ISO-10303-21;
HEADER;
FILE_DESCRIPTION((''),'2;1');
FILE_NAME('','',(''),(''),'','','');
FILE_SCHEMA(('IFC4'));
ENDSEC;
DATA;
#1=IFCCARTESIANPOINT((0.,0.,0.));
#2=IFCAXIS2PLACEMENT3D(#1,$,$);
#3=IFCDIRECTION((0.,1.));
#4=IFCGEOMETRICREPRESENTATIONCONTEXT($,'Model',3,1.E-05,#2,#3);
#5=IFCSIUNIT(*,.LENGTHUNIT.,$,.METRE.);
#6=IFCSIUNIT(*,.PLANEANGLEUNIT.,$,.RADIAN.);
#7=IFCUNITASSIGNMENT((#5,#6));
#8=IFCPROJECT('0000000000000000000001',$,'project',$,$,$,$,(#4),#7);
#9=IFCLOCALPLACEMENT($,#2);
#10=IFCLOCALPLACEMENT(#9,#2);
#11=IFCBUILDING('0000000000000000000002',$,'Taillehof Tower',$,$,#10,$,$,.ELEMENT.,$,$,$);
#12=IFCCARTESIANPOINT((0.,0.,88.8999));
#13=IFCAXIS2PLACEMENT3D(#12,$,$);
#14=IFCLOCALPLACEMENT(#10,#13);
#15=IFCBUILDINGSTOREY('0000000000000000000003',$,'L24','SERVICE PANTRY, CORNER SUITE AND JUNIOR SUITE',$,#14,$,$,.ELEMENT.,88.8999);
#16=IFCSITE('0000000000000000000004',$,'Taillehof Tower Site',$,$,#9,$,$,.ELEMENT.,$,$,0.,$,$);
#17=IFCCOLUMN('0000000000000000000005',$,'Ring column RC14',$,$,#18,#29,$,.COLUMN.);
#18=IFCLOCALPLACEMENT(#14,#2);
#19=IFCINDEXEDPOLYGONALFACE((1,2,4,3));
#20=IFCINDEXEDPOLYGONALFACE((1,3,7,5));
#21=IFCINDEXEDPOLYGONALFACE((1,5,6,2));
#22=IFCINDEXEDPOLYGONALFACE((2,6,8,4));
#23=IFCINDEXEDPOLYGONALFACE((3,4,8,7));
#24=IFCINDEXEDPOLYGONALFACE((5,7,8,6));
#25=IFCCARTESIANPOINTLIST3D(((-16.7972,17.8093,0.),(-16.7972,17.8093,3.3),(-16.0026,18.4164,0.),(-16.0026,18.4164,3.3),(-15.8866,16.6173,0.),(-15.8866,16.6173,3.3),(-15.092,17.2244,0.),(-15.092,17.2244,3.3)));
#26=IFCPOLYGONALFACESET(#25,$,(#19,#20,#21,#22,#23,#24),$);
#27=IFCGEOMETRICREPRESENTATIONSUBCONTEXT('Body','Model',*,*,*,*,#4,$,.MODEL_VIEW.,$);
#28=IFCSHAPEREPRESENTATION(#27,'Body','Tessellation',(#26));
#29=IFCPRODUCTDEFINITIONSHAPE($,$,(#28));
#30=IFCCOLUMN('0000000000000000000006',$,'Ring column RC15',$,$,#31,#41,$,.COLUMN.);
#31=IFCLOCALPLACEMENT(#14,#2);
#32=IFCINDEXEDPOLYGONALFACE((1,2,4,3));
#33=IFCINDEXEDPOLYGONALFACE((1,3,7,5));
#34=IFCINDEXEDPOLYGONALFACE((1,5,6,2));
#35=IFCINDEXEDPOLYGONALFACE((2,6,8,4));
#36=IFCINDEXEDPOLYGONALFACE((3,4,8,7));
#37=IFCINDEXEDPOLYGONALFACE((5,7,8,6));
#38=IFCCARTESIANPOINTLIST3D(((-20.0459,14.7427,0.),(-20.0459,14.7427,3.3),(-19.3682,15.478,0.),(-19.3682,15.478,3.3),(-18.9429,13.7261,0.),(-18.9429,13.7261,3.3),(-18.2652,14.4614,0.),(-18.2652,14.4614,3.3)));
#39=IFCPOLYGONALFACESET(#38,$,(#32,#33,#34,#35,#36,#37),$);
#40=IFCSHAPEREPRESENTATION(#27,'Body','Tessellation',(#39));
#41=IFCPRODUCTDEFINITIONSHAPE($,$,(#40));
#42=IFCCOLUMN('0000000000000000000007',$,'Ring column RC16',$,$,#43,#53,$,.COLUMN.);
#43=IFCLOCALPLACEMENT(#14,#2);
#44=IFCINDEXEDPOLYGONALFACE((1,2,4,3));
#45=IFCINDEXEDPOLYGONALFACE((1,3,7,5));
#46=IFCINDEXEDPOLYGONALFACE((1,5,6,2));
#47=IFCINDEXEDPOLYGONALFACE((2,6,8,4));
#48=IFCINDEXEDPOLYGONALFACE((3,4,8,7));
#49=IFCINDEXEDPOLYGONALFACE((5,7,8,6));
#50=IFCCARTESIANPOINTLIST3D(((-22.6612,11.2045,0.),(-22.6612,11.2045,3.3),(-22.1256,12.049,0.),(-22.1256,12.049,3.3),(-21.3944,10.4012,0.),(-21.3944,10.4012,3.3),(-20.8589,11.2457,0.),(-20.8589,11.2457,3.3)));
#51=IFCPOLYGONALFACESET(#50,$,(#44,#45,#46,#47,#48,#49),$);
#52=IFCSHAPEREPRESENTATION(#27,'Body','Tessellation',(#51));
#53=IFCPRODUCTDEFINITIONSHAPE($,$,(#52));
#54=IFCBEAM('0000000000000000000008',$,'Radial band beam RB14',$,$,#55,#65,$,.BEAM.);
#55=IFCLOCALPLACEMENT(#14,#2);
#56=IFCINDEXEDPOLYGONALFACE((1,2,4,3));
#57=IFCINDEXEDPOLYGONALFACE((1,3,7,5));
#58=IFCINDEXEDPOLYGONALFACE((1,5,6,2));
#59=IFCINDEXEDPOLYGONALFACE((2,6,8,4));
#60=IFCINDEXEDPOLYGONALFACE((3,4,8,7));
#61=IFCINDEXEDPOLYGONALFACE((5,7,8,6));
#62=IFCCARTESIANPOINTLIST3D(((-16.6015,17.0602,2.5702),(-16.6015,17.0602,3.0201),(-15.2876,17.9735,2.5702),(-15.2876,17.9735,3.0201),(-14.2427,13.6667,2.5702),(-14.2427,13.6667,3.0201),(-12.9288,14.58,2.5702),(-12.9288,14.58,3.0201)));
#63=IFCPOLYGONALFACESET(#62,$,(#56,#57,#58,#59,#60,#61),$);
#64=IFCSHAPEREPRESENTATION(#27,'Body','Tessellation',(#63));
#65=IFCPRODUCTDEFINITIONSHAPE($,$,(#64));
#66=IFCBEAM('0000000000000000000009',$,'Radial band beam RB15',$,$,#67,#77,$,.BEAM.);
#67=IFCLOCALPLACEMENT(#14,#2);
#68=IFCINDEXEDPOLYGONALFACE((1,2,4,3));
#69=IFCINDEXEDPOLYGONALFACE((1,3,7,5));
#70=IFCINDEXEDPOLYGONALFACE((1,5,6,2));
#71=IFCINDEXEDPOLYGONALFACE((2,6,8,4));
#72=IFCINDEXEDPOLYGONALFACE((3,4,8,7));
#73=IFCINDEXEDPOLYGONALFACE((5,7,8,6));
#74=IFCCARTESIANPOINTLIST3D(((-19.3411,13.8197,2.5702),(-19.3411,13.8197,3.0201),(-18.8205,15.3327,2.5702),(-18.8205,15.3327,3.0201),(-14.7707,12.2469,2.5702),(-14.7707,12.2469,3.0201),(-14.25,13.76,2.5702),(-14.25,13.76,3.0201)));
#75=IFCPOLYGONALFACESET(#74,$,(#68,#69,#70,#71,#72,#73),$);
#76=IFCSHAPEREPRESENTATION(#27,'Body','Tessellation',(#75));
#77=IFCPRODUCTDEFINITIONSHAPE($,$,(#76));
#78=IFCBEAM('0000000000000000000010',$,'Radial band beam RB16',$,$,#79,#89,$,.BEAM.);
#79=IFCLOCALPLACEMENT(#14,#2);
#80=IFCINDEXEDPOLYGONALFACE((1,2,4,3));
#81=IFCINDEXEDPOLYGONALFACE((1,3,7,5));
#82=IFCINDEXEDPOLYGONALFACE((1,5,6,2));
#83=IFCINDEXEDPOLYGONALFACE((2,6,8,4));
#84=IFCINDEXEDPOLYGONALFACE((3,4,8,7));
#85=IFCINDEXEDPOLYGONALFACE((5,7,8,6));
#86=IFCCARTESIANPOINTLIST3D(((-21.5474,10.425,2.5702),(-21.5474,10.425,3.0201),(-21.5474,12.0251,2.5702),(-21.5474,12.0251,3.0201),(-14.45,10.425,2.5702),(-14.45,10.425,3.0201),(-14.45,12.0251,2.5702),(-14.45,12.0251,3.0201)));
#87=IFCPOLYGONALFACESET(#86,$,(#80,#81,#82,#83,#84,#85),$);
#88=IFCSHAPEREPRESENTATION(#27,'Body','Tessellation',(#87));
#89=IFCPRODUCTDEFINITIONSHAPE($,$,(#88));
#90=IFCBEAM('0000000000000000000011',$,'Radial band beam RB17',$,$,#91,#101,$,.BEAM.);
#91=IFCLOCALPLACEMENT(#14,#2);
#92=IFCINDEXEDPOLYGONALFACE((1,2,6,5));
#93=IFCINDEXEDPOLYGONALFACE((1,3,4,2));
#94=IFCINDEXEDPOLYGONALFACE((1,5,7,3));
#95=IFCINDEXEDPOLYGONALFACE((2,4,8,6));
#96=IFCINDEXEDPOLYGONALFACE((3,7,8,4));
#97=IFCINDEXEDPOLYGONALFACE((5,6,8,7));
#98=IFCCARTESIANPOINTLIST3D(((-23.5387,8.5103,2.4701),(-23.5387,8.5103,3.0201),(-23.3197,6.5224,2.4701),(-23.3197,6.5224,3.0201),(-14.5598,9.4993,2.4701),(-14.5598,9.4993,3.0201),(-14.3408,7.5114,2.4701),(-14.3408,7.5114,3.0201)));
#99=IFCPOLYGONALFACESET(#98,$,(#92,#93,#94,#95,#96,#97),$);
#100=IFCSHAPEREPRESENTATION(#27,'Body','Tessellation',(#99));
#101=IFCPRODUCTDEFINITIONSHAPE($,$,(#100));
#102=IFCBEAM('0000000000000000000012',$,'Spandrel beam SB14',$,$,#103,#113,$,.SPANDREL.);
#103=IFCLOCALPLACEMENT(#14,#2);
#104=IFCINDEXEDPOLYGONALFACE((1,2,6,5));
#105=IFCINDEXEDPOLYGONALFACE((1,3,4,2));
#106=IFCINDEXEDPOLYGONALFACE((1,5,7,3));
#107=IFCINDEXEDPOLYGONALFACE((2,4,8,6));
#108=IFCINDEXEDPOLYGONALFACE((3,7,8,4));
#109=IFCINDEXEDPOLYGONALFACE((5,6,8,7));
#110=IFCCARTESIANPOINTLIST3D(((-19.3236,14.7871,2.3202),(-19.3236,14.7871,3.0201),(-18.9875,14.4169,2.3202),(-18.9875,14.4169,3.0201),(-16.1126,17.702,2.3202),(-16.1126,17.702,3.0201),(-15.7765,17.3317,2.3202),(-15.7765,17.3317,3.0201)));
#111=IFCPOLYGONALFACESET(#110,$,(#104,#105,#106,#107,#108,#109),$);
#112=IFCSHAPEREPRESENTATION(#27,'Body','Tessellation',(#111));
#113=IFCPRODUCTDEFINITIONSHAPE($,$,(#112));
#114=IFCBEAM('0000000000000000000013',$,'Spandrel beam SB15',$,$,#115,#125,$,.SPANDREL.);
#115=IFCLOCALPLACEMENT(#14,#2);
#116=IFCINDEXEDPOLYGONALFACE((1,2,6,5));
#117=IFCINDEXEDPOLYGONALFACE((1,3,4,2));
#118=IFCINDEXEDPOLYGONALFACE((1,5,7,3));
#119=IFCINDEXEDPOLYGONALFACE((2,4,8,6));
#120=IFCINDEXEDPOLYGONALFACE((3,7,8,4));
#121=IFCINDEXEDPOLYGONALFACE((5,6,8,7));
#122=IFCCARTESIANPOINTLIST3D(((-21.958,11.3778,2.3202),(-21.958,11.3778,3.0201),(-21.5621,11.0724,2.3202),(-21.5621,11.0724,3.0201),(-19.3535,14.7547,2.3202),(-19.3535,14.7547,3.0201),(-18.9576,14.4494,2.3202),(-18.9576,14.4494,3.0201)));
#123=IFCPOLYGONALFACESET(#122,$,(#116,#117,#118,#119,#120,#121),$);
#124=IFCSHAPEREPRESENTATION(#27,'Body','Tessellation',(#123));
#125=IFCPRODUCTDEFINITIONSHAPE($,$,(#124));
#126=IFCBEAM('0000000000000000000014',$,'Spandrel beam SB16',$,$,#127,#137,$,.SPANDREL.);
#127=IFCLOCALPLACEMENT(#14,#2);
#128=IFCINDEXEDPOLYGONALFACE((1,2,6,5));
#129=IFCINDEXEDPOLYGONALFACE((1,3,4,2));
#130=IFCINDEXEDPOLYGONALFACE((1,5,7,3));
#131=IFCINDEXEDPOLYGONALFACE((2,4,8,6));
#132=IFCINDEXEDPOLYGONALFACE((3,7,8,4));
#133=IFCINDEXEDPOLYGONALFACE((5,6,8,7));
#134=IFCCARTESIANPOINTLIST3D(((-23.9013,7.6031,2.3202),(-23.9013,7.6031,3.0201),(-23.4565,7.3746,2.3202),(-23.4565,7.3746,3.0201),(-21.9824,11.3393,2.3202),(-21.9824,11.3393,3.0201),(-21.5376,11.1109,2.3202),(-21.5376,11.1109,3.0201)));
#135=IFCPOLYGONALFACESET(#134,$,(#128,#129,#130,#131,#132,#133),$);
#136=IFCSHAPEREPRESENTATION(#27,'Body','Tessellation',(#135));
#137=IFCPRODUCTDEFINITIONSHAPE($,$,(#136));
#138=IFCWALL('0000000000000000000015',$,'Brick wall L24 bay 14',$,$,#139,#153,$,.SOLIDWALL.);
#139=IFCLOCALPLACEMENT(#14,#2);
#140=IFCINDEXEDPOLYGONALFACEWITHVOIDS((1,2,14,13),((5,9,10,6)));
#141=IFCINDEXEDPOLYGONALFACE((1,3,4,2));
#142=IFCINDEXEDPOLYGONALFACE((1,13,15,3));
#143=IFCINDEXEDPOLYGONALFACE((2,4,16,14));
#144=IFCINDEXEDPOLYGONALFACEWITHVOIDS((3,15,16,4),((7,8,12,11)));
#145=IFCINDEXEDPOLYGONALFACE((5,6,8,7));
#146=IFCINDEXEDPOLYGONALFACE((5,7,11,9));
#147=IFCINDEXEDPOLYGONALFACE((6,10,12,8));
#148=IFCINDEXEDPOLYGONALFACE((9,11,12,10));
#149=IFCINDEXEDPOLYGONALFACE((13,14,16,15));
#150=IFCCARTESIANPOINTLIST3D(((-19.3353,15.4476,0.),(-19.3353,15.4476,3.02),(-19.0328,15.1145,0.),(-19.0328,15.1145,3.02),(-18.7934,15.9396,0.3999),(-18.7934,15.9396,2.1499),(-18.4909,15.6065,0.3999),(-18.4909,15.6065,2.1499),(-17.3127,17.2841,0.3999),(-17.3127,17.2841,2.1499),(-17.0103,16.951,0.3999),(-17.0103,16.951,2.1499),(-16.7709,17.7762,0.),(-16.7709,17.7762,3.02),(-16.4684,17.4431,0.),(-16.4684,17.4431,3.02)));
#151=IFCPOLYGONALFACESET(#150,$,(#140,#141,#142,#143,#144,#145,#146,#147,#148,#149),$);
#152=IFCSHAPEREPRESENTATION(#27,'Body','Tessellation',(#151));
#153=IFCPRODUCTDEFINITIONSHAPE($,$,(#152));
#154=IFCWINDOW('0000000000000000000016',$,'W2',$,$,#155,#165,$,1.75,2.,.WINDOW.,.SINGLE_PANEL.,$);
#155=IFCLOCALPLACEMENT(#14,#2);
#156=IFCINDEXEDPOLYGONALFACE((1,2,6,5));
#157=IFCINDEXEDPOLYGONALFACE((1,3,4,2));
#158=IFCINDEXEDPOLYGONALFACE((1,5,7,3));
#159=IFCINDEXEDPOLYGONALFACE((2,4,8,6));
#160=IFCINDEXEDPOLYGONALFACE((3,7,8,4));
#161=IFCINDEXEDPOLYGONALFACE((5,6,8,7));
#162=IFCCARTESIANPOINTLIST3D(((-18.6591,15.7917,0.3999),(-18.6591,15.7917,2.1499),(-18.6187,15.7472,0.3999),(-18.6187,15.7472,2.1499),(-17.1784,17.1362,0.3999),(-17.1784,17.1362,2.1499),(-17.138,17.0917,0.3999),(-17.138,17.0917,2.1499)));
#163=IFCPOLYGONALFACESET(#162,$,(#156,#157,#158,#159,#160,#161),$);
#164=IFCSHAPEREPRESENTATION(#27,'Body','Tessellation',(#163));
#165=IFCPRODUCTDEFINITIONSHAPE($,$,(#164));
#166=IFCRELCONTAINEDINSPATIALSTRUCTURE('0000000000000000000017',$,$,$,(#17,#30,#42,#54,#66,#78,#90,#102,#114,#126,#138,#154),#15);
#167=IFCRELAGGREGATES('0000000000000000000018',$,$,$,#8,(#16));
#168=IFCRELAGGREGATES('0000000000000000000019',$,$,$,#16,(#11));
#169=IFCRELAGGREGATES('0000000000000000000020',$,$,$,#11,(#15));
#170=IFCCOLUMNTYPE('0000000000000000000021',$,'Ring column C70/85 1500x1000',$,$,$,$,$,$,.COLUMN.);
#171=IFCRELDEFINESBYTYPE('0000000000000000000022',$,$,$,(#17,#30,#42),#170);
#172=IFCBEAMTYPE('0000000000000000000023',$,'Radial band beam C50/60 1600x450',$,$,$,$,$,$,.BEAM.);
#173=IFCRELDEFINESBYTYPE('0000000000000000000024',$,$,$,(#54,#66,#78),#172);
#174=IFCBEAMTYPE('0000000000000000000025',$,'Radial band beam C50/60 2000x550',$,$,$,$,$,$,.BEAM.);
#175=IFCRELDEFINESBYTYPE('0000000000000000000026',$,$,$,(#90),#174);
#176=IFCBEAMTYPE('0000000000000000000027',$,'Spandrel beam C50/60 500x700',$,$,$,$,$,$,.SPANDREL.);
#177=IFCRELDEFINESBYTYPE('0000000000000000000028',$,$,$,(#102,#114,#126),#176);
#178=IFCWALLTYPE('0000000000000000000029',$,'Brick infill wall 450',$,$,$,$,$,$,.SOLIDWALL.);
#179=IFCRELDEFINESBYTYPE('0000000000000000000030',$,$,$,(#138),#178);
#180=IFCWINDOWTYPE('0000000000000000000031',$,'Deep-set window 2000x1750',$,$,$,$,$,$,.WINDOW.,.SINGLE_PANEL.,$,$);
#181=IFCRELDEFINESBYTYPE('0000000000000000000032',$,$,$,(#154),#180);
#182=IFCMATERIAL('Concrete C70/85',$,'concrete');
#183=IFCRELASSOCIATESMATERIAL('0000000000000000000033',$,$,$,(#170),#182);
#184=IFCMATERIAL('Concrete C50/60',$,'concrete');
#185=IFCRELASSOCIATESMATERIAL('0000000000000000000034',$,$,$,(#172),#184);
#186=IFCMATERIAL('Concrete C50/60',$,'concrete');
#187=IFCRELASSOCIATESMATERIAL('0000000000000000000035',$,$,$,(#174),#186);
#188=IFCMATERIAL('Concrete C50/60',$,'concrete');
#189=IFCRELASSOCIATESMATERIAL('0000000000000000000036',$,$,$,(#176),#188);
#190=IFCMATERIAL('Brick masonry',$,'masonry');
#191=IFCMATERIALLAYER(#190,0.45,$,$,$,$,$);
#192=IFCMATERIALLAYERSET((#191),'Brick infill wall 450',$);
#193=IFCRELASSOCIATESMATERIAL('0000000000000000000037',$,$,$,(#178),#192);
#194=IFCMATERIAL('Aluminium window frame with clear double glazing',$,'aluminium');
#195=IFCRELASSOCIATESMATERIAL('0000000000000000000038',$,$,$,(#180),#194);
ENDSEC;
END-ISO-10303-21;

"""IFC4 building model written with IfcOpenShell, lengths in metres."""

from ifc_helpers import new_model, si_unit, direction, frame, frame_2d, origin, origin_2d, place, context, subcontext, project, spatial, rectangle, extrude, material, layer, layer_set, material_profile, profile_set, type_object, element, fill, save


model = new_model("IFC4")

# Units and contexts
model_context = context("Model", 3, precision=1e-05, world=origin(), true_north=direction((0.0, 1.0)))
body_context = subcontext(model_context, "Body", "Model", "MODEL_VIEW")
ifc_project = project(units=[si_unit("LENGTHUNIT", "METRE"), si_unit("PLANEANGLEUNIT", "RADIAN")], contexts=[model_context])

# Site, building, storey
site_placement = place(None, origin())
site = spatial("IfcSite", under=ifc_project, at=site_placement, Name="Taillehof Tower Site", CompositionType="ELEMENT", RefElevation=0.0)
building_placement = place(site_placement, origin())
building = spatial("IfcBuilding", under=site, at=building_placement, Name="Taillehof Tower", CompositionType="ELEMENT")
storey_placement = place(building_placement, frame((0.0, 0.0, 88.8999)))
storey = spatial("IfcBuildingStorey", under=building, at=storey_placement, Name="L24", Description="SERVICE PANTRY, CORNER SUITE AND JUNIOR SUITE", CompositionType="ELEMENT", Elevation=88.8999)

# Columns
ifc_material_1 = material(Name="Concrete C70/85", Category="concrete")
ifc_material_profile_1 = material_profile(ifc_material_1, rectangle(XDim=1.5, YDim=1.0, at=origin_2d()), Name="RC 1500x1000")
ifc_profile_set_1 = profile_set([ifc_material_profile_1], Name="Concrete C70/85")
column_type = type_object("IfcColumnType", Name="Ring column C70/85 1500x1000", PredefinedType="COLUMN", material=ifc_profile_set_1)
for number, where, z_axis, x_axis, name in (
    (1, (-15.9446, 17.5168, 0.0), (0.0, 0.0, 1.0), (-0.607074, 0.794645, 0.0), "Ring column RC14"),
    (2, (-19.1555, 14.6021, 0.0), (0.0, 0.0, 1.0), (-0.735332, 0.677707, 0.0), "Ring column RC15"),
    (3, (-21.76, 11.2251, 0.0), (0.0, 0.0, 1.0), (-0.844511, 0.535537, 0.0), "Ring column RC16"),
):
    element("IfcColumn", number, at=place(storey_placement, frame(where, z_axis=z_axis, x_axis=x_axis)), inside=storey, type_object=column_type, Name=name, PredefinedType="COLUMN", context=body_context, shape_type="SweptSolid", body=[
        extrude(rectangle(XDim=1.5, YDim=1.0, at=origin_2d()), origin(), (0.0, 0.0, 1.0), 3.3),
    ])

# Beams
ifc_material_2 = material(Name="Concrete C50/60", Category="concrete")
ifc_material_profile_2 = material_profile(ifc_material_2, rectangle(XDim=1.6001, YDim=0.45, at=origin_2d()), Name="RC 1600x450")
ifc_profile_set_2 = profile_set([ifc_material_profile_2], Name="Concrete C50/60")
beam_type_1 = type_object("IfcBeamType", Name="Radial band beam C50/60 1600x450", PredefinedType="BEAM", material=ifc_profile_set_2)
beam_1_placement = place(storey_placement, frame((-15.9446, 17.5168, 2.7952), z_axis=(0.570763, -0.821115, 0.0), x_axis=(0.821115, 0.570763, 0.0)))
element("IfcBeam", 4, at=beam_1_placement, inside=storey, type_object=beam_type_1, Name="Radial band beam RB14", PredefinedType="BEAM", context=body_context, shape_type="SweptSolid", body=[
    extrude(rectangle(XDim=1.6001, YDim=0.45, at=origin_2d()), origin(), (0.0, 0.0, 1.0), 4.1328),
])
beam_2_placement = place(storey_placement, frame((-19.0808, 14.5762, 2.7952), z_axis=(0.945583, -0.32538, 0.0), x_axis=(0.32538, 0.945583, 0.0)))
element("IfcBeam", 5, at=beam_2_placement, inside=storey, type_object=beam_type_1, Name="Radial band beam RB15", PredefinedType="BEAM", context=body_context, shape_type="SweptSolid", body=[
    extrude(rectangle(XDim=1.6001, YDim=0.45, at=origin_2d()), origin(), (0.0, 0.0, 1.0), 4.8335),
])
beam_3_placement = place(storey_placement, frame((-21.5474, 11.2251, 2.7952), z_axis=(1.0, 0.0, 0.0), x_axis=(0.0, 1.0, 0.0)))
element("IfcBeam", 6, at=beam_3_placement, inside=storey, type_object=beam_type_1, Name="Radial band beam RB16", PredefinedType="BEAM", context=body_context, shape_type="SweptSolid", body=[
    extrude(rectangle(XDim=1.6001, YDim=0.45, at=origin_2d()), origin(), (0.0, 0.0, 1.0), 7.0974),
])
ifc_material_3 = material(Name="Concrete C50/60", Category="concrete")
ifc_material_profile_3 = material_profile(ifc_material_3, rectangle(XDim=2.0, YDim=0.55, at=origin_2d()), Name="RC 2000x550")
ifc_profile_set_3 = profile_set([ifc_material_profile_3], Name="Concrete C50/60")
beam_type_2 = type_object("IfcBeamType", Name="Radial band beam C50/60 2000x550", PredefinedType="BEAM", material=ifc_profile_set_3)
beam_4_placement = place(storey_placement, frame((-23.4292, 7.5164, 2.7451), z_axis=(0.993988, 0.109485, 0.0), x_axis=(-0.109485, 0.993988, 0.0)))
element("IfcBeam", 7, at=beam_4_placement, inside=storey, type_object=beam_type_2, Name="Radial band beam RB17", PredefinedType="BEAM", context=body_context, shape_type="SweptSolid", body=[
    extrude(rectangle(XDim=2.0, YDim=0.55, at=origin_2d()), origin(), (0.0, 0.0, 1.0), 9.0332),
])
ifc_material_4 = material(Name="Concrete C50/60", Category="concrete")
ifc_material_profile_4 = material_profile(ifc_material_4, rectangle(XDim=0.5, YDim=0.7, at=origin_2d()), Name="RC 500x700")
ifc_profile_set_4 = profile_set([ifc_material_profile_4], Name="Concrete C50/60")
beam_type_3 = type_object("IfcBeamType", Name="Spandrel beam C50/60 500x700", PredefinedType="SPANDREL", material=ifc_profile_set_4)
beam_5_placement = place(storey_placement, frame((-15.9446, 17.5168, 2.6702), z_axis=(-0.740426, -0.672137, 0.0), x_axis=(0.672137, -0.740426, 0.0)))
element("IfcBeam", 8, at=beam_5_placement, inside=storey, type_object=beam_type_3, Name="Spandrel beam SB14", PredefinedType="SPANDREL", context=body_context, shape_type="SweptSolid", body=[
    extrude(rectangle(XDim=0.5, YDim=0.7, at=origin_2d()), origin(), (0.0, 0.0, 1.0), 4.3367),
])
beam_6_placement = place(storey_placement, frame((-19.1555, 14.6021, 2.6702), z_axis=(-0.610717, -0.791849, 0.0), x_axis=(0.791849, -0.610717, 0.0)))
element("IfcBeam", 9, at=beam_6_placement, inside=storey, type_object=beam_type_3, Name="Spandrel beam SB15", PredefinedType="SPANDREL", context=body_context, shape_type="SweptSolid", body=[
    extrude(rectangle(XDim=0.5, YDim=0.7, at=origin_2d()), origin(), (0.0, 0.0, 1.0), 4.2646),
])
beam_7_placement = place(storey_placement, frame((-21.76, 11.2251, 2.6702), z_axis=(-0.456859, -0.889539, 0.0), x_axis=(0.889539, -0.456859, 0.0)))
element("IfcBeam", 10, at=beam_7_placement, inside=storey, type_object=beam_type_3, Name="Spandrel beam SB16", PredefinedType="SPANDREL", context=body_context, shape_type="SweptSolid", body=[
    extrude(rectangle(XDim=0.5, YDim=0.7, at=origin_2d()), origin(), (0.0, 0.0, 1.0), 4.2002),
])

# Wall, opening, window
ifc_material_5 = material(Name="Brick masonry", Category="masonry")
ifc_layer_1 = layer(ifc_material_5, 0.45)
ifc_layer_set_1 = layer_set([ifc_layer_1], Name="Brick infill wall 450")
wall_type_1 = type_object("IfcWallType", Name="Brick infill wall 450", PredefinedType="SOLIDWALL", material=ifc_layer_set_1)
wall_1_placement = place(storey_placement, frame((-16.6196, 17.6096, 0.0), z_axis=(0.0, 0.0, 1.0), x_axis=(-0.740329, -0.672245, 0.0)))
wall_1 = element("IfcWall", 11, at=wall_1_placement, inside=storey, type_object=wall_type_1, Name="Brick wall L24 bay 14", PredefinedType="SOLIDWALL", context=body_context, shape_type="SweptSolid", body=[
    extrude(rectangle(XDim=3.4639, YDim=0.45, at=frame_2d((1.7319, 0.0))), origin(), (0.0, 0.0, 1.0), 3.02),
])
opening_1_placement = place(wall_1_placement, frame((0.7319, 0.0, 0.3999)))
opening_1 = element("IfcOpeningElement", 12, at=opening_1_placement, cuts=wall_1, PredefinedType="OPENING", context=body_context, shape_type="SweptSolid", body=[
    extrude(rectangle(XDim=2.0, YDim=1.75, at=frame_2d((1.0, 0.875))), frame((0.0, 0.2349, 0.0), z_axis=(0.0, -1.0, 0.0), x_axis=(1.0, 0.0, 0.0)), (0.0, 0.0, 1.0), 0.47),
])
ifc_material_6 = material(Name="Aluminium window frame with clear double glazing", Category="aluminium")
window_type = type_object("IfcWindowType", Name="Deep-set window 2000x1750", PartitioningType="SINGLE_PANEL", PredefinedType="WINDOW", material=ifc_material_6)
window_1_placement = place(opening_1_placement, origin())
window_1 = element("IfcWindow", 13, at=window_1_placement, inside=storey, type_object=window_type, Name="W2", OverallHeight=1.75, OverallWidth=2.0, PartitioningType="SINGLE_PANEL", PredefinedType="WINDOW", context=body_context, shape_type="SweptSolid", body=[
    extrude(rectangle(XDim=2.0, YDim=1.75, at=frame_2d((1.0, 0.875))), frame((0.0, 0.0349, 0.0), z_axis=(0.0, -1.0, 0.0), x_axis=(1.0, 0.0, 0.0)), (0.0, 0.0, 1.0), 0.0601),
])
fill(opening_1, window_1)

save(model, "model.ifc")
